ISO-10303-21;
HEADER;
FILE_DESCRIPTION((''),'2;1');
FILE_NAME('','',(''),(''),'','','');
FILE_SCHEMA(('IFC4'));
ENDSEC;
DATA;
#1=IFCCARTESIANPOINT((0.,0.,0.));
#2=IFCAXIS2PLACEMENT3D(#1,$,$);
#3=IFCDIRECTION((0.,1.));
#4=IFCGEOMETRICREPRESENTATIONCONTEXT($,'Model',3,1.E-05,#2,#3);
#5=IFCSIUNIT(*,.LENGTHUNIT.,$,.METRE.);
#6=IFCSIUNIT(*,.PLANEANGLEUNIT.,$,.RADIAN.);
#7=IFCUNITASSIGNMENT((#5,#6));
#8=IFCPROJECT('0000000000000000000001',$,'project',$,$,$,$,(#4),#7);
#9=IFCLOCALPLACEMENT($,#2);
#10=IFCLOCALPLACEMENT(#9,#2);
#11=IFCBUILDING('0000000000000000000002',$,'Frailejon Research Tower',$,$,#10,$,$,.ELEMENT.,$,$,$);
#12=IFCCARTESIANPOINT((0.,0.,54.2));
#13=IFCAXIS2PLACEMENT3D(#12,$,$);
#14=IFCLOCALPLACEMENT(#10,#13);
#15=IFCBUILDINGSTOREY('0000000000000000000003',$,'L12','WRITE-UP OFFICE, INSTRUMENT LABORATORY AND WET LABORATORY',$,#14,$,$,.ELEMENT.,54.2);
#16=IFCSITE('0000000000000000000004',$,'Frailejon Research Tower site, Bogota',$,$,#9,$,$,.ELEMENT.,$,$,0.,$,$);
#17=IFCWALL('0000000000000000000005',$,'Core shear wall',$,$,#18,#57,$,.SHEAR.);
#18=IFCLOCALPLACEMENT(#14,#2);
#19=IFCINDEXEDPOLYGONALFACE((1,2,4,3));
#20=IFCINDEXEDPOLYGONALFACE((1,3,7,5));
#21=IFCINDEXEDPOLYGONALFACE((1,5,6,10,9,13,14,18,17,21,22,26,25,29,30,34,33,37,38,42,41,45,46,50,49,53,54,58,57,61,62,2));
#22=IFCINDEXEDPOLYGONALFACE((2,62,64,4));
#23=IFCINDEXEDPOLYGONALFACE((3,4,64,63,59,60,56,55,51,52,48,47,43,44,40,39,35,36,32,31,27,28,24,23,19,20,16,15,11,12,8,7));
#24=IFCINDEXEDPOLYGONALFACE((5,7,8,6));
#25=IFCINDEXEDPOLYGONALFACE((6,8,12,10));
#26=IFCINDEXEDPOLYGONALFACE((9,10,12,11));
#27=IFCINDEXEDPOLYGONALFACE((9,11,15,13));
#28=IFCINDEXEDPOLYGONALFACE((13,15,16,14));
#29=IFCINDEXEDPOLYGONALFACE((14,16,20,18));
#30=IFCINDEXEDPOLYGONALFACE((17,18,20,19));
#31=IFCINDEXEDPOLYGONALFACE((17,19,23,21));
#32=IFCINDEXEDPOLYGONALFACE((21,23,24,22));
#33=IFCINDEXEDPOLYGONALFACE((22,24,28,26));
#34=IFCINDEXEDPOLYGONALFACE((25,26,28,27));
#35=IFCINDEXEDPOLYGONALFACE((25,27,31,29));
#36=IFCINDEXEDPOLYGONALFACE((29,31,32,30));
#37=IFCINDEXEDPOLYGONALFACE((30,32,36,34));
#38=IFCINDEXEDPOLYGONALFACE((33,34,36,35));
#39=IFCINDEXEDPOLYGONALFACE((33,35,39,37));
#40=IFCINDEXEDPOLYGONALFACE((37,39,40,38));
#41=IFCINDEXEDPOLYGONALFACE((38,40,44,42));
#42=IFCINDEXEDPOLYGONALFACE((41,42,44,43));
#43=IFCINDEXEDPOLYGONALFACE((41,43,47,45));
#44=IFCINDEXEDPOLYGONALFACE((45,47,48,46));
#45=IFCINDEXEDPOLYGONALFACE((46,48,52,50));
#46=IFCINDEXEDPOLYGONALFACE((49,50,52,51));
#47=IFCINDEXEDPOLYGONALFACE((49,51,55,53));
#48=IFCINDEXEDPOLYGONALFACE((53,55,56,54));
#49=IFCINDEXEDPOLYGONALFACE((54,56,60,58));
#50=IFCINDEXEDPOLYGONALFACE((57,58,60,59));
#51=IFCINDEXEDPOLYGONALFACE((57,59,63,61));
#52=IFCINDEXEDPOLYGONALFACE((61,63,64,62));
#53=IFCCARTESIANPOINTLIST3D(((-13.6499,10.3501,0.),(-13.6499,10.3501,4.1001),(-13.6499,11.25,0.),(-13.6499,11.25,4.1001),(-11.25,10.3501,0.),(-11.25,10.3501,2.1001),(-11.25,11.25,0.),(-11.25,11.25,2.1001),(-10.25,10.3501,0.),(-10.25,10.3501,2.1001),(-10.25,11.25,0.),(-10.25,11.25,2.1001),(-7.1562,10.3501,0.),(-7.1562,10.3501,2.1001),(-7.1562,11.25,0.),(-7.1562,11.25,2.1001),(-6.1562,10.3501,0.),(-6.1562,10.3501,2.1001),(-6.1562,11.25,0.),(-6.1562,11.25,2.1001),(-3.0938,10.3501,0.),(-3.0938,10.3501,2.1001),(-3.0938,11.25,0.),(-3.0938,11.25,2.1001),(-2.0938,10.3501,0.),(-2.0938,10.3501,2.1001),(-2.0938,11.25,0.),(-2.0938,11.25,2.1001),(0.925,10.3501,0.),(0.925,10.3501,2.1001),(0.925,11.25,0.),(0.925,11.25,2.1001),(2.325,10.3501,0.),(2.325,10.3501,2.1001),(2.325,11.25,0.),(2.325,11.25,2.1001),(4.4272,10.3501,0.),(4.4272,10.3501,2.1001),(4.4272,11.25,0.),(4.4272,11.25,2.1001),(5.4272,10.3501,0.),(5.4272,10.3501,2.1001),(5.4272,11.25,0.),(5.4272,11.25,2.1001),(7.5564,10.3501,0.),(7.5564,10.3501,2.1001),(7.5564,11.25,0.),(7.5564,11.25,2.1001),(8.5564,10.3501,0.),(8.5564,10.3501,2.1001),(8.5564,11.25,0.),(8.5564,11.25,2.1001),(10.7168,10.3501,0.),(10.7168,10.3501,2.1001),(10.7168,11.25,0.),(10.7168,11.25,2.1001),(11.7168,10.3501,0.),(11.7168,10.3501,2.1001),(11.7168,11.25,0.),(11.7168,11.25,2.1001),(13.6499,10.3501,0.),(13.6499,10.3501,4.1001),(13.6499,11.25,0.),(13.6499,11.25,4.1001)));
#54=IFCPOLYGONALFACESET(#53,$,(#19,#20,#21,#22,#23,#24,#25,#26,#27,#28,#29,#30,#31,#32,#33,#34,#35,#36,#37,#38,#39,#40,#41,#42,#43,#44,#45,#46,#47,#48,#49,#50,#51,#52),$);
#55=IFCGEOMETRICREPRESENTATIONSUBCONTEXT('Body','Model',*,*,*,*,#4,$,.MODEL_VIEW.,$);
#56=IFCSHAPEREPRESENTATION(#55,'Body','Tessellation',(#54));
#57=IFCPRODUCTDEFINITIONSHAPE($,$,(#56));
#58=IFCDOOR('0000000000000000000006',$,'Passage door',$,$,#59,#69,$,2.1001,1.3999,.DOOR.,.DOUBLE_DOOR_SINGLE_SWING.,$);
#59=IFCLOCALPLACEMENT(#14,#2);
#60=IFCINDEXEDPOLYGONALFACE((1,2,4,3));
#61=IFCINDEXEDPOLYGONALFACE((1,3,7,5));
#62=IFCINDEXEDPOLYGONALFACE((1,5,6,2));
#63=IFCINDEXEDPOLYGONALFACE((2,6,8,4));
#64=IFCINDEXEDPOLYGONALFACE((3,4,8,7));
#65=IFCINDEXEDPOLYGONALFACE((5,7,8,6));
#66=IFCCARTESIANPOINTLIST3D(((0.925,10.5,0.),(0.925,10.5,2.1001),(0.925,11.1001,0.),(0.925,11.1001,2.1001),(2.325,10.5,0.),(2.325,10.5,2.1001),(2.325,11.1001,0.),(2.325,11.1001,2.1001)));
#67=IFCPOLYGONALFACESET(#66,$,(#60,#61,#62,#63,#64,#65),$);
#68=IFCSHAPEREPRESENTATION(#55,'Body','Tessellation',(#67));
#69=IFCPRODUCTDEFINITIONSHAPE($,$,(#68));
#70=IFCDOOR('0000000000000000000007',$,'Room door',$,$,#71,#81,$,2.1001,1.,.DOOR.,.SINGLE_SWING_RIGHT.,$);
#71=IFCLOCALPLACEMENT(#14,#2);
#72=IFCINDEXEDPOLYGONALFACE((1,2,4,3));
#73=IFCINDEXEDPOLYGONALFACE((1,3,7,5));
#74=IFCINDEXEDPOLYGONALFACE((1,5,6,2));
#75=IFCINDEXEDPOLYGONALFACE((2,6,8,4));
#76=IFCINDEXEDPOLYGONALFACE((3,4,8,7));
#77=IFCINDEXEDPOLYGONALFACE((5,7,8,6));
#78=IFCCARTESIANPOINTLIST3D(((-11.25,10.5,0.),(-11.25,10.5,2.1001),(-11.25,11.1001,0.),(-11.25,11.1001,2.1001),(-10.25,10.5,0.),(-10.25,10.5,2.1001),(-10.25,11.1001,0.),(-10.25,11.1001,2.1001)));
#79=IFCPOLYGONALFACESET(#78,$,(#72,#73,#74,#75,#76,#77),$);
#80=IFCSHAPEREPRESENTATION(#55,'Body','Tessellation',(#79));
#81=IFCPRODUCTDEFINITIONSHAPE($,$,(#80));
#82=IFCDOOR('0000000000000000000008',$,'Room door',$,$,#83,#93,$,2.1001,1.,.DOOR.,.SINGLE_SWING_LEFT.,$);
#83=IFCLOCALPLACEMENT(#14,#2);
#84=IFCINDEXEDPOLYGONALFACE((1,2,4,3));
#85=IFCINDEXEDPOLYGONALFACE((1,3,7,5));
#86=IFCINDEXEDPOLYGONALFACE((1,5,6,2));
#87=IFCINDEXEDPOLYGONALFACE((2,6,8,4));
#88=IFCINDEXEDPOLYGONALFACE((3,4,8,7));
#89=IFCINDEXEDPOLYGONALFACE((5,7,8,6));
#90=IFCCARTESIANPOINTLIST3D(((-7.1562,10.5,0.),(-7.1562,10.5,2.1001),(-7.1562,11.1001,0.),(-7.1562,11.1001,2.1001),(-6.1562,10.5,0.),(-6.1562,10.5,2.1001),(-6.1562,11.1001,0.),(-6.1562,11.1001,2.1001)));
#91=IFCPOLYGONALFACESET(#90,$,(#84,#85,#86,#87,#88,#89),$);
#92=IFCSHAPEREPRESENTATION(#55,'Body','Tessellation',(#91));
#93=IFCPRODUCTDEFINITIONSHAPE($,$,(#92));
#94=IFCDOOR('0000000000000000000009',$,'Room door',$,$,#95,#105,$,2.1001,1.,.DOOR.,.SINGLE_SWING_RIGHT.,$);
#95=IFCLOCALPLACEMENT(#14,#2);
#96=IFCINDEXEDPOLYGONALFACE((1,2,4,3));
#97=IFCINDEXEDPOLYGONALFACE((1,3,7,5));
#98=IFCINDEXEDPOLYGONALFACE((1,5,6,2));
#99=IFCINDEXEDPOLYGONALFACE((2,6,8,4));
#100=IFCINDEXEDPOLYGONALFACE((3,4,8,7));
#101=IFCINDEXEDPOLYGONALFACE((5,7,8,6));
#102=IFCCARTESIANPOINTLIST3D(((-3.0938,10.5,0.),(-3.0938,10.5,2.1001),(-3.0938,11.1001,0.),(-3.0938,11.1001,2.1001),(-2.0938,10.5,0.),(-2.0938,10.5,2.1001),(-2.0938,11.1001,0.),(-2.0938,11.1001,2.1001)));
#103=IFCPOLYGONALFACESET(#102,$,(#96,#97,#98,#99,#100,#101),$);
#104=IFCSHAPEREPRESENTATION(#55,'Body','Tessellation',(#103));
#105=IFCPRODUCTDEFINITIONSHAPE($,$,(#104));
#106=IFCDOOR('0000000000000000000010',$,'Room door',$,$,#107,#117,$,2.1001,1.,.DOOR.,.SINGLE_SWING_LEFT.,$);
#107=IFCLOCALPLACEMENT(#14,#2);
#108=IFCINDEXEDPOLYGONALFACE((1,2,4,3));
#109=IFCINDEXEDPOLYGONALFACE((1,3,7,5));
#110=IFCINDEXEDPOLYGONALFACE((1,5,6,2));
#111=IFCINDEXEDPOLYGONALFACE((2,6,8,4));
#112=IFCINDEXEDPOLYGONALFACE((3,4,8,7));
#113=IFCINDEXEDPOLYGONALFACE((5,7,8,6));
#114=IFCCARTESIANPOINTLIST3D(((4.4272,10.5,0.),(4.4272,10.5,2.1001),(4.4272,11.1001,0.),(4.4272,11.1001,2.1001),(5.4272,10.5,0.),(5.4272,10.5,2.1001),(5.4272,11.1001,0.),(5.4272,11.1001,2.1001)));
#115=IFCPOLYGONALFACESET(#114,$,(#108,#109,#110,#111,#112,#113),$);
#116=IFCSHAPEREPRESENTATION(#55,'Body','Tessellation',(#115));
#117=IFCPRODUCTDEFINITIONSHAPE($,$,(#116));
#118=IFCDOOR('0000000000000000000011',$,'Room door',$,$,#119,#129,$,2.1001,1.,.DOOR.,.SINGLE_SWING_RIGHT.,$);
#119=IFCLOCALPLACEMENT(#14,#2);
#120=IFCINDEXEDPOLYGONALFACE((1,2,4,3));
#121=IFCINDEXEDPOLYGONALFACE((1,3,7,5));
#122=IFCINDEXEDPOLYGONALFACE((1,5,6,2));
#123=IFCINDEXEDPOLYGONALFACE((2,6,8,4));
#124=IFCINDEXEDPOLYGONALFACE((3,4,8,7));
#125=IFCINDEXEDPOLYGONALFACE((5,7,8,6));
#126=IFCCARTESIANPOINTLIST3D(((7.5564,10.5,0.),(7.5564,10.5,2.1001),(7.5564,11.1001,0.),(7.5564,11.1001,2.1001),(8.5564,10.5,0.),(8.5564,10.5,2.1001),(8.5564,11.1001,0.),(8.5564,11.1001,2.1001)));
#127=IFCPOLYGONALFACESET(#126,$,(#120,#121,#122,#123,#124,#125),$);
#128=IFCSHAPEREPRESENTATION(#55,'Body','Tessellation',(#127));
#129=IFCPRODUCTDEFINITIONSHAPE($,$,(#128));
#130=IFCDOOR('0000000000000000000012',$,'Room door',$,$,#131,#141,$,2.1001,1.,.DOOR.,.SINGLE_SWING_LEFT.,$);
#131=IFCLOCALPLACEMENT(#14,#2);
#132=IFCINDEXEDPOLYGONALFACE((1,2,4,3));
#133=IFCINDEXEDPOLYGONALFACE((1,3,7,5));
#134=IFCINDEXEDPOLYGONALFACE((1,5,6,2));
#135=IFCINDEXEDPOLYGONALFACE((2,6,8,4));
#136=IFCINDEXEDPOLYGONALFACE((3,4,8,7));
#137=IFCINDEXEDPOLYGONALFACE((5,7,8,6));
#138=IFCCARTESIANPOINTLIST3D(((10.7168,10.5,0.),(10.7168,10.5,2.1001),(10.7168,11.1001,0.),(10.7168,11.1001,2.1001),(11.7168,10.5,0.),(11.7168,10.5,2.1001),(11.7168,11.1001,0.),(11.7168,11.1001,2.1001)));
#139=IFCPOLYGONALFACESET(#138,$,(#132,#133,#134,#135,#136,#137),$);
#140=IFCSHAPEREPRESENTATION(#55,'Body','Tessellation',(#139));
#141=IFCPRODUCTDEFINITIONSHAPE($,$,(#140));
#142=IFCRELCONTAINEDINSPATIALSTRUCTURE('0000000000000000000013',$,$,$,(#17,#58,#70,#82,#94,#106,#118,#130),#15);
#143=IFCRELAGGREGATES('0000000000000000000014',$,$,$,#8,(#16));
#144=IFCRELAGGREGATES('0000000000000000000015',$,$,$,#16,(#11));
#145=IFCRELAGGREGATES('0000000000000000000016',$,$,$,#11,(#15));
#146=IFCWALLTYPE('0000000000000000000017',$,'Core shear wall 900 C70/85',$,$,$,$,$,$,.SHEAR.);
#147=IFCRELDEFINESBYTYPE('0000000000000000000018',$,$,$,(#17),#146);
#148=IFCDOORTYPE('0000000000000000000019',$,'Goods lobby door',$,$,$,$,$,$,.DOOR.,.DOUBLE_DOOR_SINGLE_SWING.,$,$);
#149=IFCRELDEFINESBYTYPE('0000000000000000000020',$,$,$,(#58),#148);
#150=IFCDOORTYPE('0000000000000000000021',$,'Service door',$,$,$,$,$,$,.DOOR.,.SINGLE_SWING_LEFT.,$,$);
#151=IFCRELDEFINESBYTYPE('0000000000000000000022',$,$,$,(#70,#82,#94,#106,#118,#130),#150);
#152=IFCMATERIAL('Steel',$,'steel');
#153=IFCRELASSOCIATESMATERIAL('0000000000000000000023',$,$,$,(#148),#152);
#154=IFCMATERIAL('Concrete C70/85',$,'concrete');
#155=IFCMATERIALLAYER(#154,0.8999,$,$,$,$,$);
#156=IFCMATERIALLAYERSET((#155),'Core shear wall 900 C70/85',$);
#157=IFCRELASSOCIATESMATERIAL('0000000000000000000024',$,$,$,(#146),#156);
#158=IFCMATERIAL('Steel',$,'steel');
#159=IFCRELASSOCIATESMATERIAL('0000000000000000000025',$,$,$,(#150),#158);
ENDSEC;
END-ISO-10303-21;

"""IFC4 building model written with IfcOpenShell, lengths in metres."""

from ifc_helpers import new_model, si_unit, direction, frame, frame_2d, origin, place, context, subcontext, project, spatial, rectangle, extrude, material, layer, layer_set, type_object, element, fill, save


model = new_model("IFC4")

# Units and contexts
model_context = context("Model", 3, precision=1e-05, world=origin(), true_north=direction((0.0, 1.0)))
body_context = subcontext(model_context, "Body", "Model", "MODEL_VIEW")
ifc_project = project(units=[si_unit("LENGTHUNIT", "METRE"), si_unit("PLANEANGLEUNIT", "RADIAN")], contexts=[model_context])

# Site, building, storey
site_placement = place(None, origin())
site = spatial("IfcSite", under=ifc_project, at=site_placement, Name="Frailejon Research Tower site, Bogota", CompositionType="ELEMENT", RefElevation=0.0)
building_placement = place(site_placement, origin())
building = spatial("IfcBuilding", under=site, at=building_placement, Name="Frailejon Research Tower", CompositionType="ELEMENT")
storey_placement = place(building_placement, frame((0.0, 0.0, 54.2)))
storey = spatial("IfcBuildingStorey", under=building, at=storey_placement, Name="L12", Description="WRITE-UP OFFICE, INSTRUMENT LABORATORY AND WET LABORATORY", CompositionType="ELEMENT", Elevation=54.2)

# Shared definitions
ifc_material_1 = material(Name="Steel", Category="steel")
door_type_1 = type_object("IfcDoorType", Name="Goods lobby door", OperationType="DOUBLE_DOOR_SINGLE_SWING", PredefinedType="DOOR", material=ifc_material_1)

# Wall, openings, doors
ifc_material_2 = material(Name="Concrete C70/85", Category="concrete")
ifc_layer_1 = layer(ifc_material_2, 0.8999)
ifc_layer_set_1 = layer_set([ifc_layer_1], Name="Core shear wall 900 C70/85")
wall_type_1 = type_object("IfcWallType", Name="Core shear wall 900 C70/85", PredefinedType="SHEAR", material=ifc_layer_set_1)
wall_1_placement = place(storey_placement, frame((-13.6499, 10.8, 0.0), z_axis=(0.0, 0.0, 1.0), x_axis=(1.0, 0.0, 0.0)))
wall_1 = element("IfcWall", 1, at=wall_1_placement, inside=storey, type_object=wall_type_1, Name="Core shear wall", PredefinedType="SHEAR", context=body_context, shape_type="SweptSolid", body=[
    extrude(rectangle(XDim=27.2998, YDim=0.8999, at=frame_2d((13.6499, 0.0))), origin(), (0.0, 0.0, 1.0), 4.1001),
])
opening_1_placement = place(wall_1_placement, frame((2.3999, 0.0, 0.0)))
opening_1 = element("IfcOpeningElement", 2, at=opening_1_placement, cuts=wall_1, PredefinedType="OPENING", context=body_context, shape_type="SweptSolid", body=[
    extrude(rectangle(XDim=1.0, YDim=2.1001, at=frame_2d((0.5, 1.05))), frame((0.0, 0.46, 0.0), z_axis=(0.0, -1.0, 0.0), x_axis=(1.0, 0.0, 0.0)), (0.0, 0.0, 1.0), 0.9199),
])
opening_2_placement = place(wall_1_placement, frame((6.4937, 0.0, 0.0)))
opening_2 = element("IfcOpeningElement", 3, at=opening_2_placement, cuts=wall_1, PredefinedType="OPENING", context=body_context, shape_type="SweptSolid", body=[
    extrude(rectangle(XDim=1.0, YDim=2.1001, at=frame_2d((0.5, 1.05))), frame((0.0, 0.46, 0.0), z_axis=(0.0, -1.0, 0.0), x_axis=(1.0, 0.0, 0.0)), (0.0, 0.0, 1.0), 0.9199),
])
opening_3_placement = place(wall_1_placement, frame((10.5562, 0.0, 0.0)))
opening_3 = element("IfcOpeningElement", 4, at=opening_3_placement, cuts=wall_1, PredefinedType="OPENING", context=body_context, shape_type="SweptSolid", body=[
    extrude(rectangle(XDim=1.0, YDim=2.1001, at=frame_2d((0.5, 1.05))), frame((0.0, 0.46, 0.0), z_axis=(0.0, -1.0, 0.0), x_axis=(1.0, 0.0, 0.0)), (0.0, 0.0, 1.0), 0.9199),
])
opening_4_placement = place(wall_1_placement, frame((18.0771, 0.0, 0.0)))
opening_4 = element("IfcOpeningElement", 5, at=opening_4_placement, cuts=wall_1, PredefinedType="OPENING", context=body_context, shape_type="SweptSolid", body=[
    extrude(rectangle(XDim=1.0, YDim=2.1001, at=frame_2d((0.5, 1.05))), frame((0.0, 0.46, 0.0), z_axis=(0.0, -1.0, 0.0), x_axis=(1.0, 0.0, 0.0)), (0.0, 0.0, 1.0), 0.9199),
])
opening_5_placement = place(wall_1_placement, frame((21.2063, 0.0, 0.0)))
opening_5 = element("IfcOpeningElement", 6, at=opening_5_placement, cuts=wall_1, PredefinedType="OPENING", context=body_context, shape_type="SweptSolid", body=[
    extrude(rectangle(XDim=1.0, YDim=2.1001, at=frame_2d((0.5, 1.05))), frame((0.0, 0.46, 0.0), z_axis=(0.0, -1.0, 0.0), x_axis=(1.0, 0.0, 0.0)), (0.0, 0.0, 1.0), 0.9199),
])
opening_6_placement = place(wall_1_placement, frame((24.3667, 0.0, 0.0)))
opening_6 = element("IfcOpeningElement", 7, at=opening_6_placement, cuts=wall_1, PredefinedType="OPENING", context=body_context, shape_type="SweptSolid", body=[
    extrude(rectangle(XDim=1.0, YDim=2.1001, at=frame_2d((0.5, 1.05))), frame((0.0, 0.46, 0.0), z_axis=(0.0, -1.0, 0.0), x_axis=(1.0, 0.0, 0.0)), (0.0, 0.0, 1.0), 0.9199),
])
opening_7_placement = place(wall_1_placement, frame((14.575, 0.0, 0.0)))
opening_7 = element("IfcOpeningElement", 8, at=opening_7_placement, cuts=wall_1, PredefinedType="OPENING", context=body_context, shape_type="SweptSolid", body=[
    extrude(rectangle(XDim=1.3999, YDim=2.1001, at=frame_2d((0.7, 1.05))), frame((0.0, 0.46, 0.0), z_axis=(0.0, -1.0, 0.0), x_axis=(1.0, 0.0, 0.0)), (0.0, 0.0, 1.0), 0.9199),
])
door_1_placement = place(opening_7_placement, origin())
door_1 = element("IfcDoor", 9, at=door_1_placement, inside=storey, type_object=door_type_1, Name="Passage door", OperationType="DOUBLE_DOOR_SINGLE_SWING", OverallHeight=2.1001, OverallWidth=1.3999, PredefinedType="DOOR", context=body_context, shape_type="SweptSolid", body=[
    extrude(rectangle(XDim=1.3999, YDim=2.1001, at=frame_2d((0.7, 1.05))), frame((0.0, 0.3, 0.0), z_axis=(0.0, -1.0, 0.0), x_axis=(1.0, 0.0, 0.0)), (0.0, 0.0, 1.0), 0.6001),
])
fill(opening_7, door_1)
ifc_material_3 = material(Name="Steel", Category="steel")
door_type_2 = type_object("IfcDoorType", Name="Service door", OperationType="SINGLE_SWING_LEFT", PredefinedType="DOOR", material=ifc_material_3)
door_2_placement = place(opening_1_placement, origin())
door_2 = element("IfcDoor", 10, at=door_2_placement, inside=storey, type_object=door_type_2, Name="Room door", OperationType="SINGLE_SWING_RIGHT", OverallHeight=2.1001, OverallWidth=1.0, PredefinedType="DOOR", context=body_context, shape_type="SweptSolid", body=[
    extrude(rectangle(XDim=1.0, YDim=2.1001, at=frame_2d((0.5, 1.05))), frame((0.0, 0.3, 0.0), z_axis=(0.0, -1.0, 0.0), x_axis=(1.0, 0.0, 0.0)), (0.0, 0.0, 1.0), 0.6001),
])
fill(opening_1, door_2)
door_3_placement = place(opening_2_placement, origin())
door_3 = element("IfcDoor", 11, at=door_3_placement, inside=storey, type_object=door_type_2, Name="Room door", OperationType="SINGLE_SWING_LEFT", OverallHeight=2.1001, OverallWidth=1.0, PredefinedType="DOOR", context=body_context, shape_type="SweptSolid", body=[
    extrude(rectangle(XDim=1.0, YDim=2.1001, at=frame_2d((0.5, 1.05))), frame((0.0, 0.3, 0.0), z_axis=(0.0, -1.0, 0.0), x_axis=(1.0, 0.0, 0.0)), (0.0, 0.0, 1.0), 0.6001),
])
fill(opening_2, door_3)
door_4_placement = place(opening_3_placement, origin())
door_4 = element("IfcDoor", 12, at=door_4_placement, inside=storey, type_object=door_type_2, Name="Room door", OperationType="SINGLE_SWING_RIGHT", OverallHeight=2.1001, OverallWidth=1.0, PredefinedType="DOOR", context=body_context, shape_type="SweptSolid", body=[
    extrude(rectangle(XDim=1.0, YDim=2.1001, at=frame_2d((0.5, 1.05))), frame((0.0, 0.3, 0.0), z_axis=(0.0, -1.0, 0.0), x_axis=(1.0, 0.0, 0.0)), (0.0, 0.0, 1.0), 0.6001),
])
fill(opening_3, door_4)
door_5_placement = place(opening_4_placement, origin())
door_5 = element("IfcDoor", 13, at=door_5_placement, inside=storey, type_object=door_type_2, Name="Room door", OperationType="SINGLE_SWING_LEFT", OverallHeight=2.1001, OverallWidth=1.0, PredefinedType="DOOR", context=body_context, shape_type="SweptSolid", body=[
    extrude(rectangle(XDim=1.0, YDim=2.1001, at=frame_2d((0.5, 1.05))), frame((0.0, 0.3, 0.0), z_axis=(0.0, -1.0, 0.0), x_axis=(1.0, 0.0, 0.0)), (0.0, 0.0, 1.0), 0.6001),
])
fill(opening_4, door_5)
door_6_placement = place(opening_5_placement, origin())
door_6 = element("IfcDoor", 14, at=door_6_placement, inside=storey, type_object=door_type_2, Name="Room door", OperationType="SINGLE_SWING_RIGHT", OverallHeight=2.1001, OverallWidth=1.0, PredefinedType="DOOR", context=body_context, shape_type="SweptSolid", body=[
    extrude(rectangle(XDim=1.0, YDim=2.1001, at=frame_2d((0.5, 1.05))), frame((0.0, 0.3, 0.0), z_axis=(0.0, -1.0, 0.0), x_axis=(1.0, 0.0, 0.0)), (0.0, 0.0, 1.0), 0.6001),
])
fill(opening_5, door_6)
door_7_placement = place(opening_6_placement, origin())
door_7 = element("IfcDoor", 15, at=door_7_placement, inside=storey, type_object=door_type_2, Name="Room door", OperationType="SINGLE_SWING_LEFT", OverallHeight=2.1001, OverallWidth=1.0, PredefinedType="DOOR", context=body_context, shape_type="SweptSolid", body=[
    extrude(rectangle(XDim=1.0, YDim=2.1001, at=frame_2d((0.5, 1.05))), frame((0.0, 0.3, 0.0), z_axis=(0.0, -1.0, 0.0), x_axis=(1.0, 0.0, 0.0)), (0.0, 0.0, 1.0), 0.6001),
])
fill(opening_6, door_7)

save(model, "model.ifc")
